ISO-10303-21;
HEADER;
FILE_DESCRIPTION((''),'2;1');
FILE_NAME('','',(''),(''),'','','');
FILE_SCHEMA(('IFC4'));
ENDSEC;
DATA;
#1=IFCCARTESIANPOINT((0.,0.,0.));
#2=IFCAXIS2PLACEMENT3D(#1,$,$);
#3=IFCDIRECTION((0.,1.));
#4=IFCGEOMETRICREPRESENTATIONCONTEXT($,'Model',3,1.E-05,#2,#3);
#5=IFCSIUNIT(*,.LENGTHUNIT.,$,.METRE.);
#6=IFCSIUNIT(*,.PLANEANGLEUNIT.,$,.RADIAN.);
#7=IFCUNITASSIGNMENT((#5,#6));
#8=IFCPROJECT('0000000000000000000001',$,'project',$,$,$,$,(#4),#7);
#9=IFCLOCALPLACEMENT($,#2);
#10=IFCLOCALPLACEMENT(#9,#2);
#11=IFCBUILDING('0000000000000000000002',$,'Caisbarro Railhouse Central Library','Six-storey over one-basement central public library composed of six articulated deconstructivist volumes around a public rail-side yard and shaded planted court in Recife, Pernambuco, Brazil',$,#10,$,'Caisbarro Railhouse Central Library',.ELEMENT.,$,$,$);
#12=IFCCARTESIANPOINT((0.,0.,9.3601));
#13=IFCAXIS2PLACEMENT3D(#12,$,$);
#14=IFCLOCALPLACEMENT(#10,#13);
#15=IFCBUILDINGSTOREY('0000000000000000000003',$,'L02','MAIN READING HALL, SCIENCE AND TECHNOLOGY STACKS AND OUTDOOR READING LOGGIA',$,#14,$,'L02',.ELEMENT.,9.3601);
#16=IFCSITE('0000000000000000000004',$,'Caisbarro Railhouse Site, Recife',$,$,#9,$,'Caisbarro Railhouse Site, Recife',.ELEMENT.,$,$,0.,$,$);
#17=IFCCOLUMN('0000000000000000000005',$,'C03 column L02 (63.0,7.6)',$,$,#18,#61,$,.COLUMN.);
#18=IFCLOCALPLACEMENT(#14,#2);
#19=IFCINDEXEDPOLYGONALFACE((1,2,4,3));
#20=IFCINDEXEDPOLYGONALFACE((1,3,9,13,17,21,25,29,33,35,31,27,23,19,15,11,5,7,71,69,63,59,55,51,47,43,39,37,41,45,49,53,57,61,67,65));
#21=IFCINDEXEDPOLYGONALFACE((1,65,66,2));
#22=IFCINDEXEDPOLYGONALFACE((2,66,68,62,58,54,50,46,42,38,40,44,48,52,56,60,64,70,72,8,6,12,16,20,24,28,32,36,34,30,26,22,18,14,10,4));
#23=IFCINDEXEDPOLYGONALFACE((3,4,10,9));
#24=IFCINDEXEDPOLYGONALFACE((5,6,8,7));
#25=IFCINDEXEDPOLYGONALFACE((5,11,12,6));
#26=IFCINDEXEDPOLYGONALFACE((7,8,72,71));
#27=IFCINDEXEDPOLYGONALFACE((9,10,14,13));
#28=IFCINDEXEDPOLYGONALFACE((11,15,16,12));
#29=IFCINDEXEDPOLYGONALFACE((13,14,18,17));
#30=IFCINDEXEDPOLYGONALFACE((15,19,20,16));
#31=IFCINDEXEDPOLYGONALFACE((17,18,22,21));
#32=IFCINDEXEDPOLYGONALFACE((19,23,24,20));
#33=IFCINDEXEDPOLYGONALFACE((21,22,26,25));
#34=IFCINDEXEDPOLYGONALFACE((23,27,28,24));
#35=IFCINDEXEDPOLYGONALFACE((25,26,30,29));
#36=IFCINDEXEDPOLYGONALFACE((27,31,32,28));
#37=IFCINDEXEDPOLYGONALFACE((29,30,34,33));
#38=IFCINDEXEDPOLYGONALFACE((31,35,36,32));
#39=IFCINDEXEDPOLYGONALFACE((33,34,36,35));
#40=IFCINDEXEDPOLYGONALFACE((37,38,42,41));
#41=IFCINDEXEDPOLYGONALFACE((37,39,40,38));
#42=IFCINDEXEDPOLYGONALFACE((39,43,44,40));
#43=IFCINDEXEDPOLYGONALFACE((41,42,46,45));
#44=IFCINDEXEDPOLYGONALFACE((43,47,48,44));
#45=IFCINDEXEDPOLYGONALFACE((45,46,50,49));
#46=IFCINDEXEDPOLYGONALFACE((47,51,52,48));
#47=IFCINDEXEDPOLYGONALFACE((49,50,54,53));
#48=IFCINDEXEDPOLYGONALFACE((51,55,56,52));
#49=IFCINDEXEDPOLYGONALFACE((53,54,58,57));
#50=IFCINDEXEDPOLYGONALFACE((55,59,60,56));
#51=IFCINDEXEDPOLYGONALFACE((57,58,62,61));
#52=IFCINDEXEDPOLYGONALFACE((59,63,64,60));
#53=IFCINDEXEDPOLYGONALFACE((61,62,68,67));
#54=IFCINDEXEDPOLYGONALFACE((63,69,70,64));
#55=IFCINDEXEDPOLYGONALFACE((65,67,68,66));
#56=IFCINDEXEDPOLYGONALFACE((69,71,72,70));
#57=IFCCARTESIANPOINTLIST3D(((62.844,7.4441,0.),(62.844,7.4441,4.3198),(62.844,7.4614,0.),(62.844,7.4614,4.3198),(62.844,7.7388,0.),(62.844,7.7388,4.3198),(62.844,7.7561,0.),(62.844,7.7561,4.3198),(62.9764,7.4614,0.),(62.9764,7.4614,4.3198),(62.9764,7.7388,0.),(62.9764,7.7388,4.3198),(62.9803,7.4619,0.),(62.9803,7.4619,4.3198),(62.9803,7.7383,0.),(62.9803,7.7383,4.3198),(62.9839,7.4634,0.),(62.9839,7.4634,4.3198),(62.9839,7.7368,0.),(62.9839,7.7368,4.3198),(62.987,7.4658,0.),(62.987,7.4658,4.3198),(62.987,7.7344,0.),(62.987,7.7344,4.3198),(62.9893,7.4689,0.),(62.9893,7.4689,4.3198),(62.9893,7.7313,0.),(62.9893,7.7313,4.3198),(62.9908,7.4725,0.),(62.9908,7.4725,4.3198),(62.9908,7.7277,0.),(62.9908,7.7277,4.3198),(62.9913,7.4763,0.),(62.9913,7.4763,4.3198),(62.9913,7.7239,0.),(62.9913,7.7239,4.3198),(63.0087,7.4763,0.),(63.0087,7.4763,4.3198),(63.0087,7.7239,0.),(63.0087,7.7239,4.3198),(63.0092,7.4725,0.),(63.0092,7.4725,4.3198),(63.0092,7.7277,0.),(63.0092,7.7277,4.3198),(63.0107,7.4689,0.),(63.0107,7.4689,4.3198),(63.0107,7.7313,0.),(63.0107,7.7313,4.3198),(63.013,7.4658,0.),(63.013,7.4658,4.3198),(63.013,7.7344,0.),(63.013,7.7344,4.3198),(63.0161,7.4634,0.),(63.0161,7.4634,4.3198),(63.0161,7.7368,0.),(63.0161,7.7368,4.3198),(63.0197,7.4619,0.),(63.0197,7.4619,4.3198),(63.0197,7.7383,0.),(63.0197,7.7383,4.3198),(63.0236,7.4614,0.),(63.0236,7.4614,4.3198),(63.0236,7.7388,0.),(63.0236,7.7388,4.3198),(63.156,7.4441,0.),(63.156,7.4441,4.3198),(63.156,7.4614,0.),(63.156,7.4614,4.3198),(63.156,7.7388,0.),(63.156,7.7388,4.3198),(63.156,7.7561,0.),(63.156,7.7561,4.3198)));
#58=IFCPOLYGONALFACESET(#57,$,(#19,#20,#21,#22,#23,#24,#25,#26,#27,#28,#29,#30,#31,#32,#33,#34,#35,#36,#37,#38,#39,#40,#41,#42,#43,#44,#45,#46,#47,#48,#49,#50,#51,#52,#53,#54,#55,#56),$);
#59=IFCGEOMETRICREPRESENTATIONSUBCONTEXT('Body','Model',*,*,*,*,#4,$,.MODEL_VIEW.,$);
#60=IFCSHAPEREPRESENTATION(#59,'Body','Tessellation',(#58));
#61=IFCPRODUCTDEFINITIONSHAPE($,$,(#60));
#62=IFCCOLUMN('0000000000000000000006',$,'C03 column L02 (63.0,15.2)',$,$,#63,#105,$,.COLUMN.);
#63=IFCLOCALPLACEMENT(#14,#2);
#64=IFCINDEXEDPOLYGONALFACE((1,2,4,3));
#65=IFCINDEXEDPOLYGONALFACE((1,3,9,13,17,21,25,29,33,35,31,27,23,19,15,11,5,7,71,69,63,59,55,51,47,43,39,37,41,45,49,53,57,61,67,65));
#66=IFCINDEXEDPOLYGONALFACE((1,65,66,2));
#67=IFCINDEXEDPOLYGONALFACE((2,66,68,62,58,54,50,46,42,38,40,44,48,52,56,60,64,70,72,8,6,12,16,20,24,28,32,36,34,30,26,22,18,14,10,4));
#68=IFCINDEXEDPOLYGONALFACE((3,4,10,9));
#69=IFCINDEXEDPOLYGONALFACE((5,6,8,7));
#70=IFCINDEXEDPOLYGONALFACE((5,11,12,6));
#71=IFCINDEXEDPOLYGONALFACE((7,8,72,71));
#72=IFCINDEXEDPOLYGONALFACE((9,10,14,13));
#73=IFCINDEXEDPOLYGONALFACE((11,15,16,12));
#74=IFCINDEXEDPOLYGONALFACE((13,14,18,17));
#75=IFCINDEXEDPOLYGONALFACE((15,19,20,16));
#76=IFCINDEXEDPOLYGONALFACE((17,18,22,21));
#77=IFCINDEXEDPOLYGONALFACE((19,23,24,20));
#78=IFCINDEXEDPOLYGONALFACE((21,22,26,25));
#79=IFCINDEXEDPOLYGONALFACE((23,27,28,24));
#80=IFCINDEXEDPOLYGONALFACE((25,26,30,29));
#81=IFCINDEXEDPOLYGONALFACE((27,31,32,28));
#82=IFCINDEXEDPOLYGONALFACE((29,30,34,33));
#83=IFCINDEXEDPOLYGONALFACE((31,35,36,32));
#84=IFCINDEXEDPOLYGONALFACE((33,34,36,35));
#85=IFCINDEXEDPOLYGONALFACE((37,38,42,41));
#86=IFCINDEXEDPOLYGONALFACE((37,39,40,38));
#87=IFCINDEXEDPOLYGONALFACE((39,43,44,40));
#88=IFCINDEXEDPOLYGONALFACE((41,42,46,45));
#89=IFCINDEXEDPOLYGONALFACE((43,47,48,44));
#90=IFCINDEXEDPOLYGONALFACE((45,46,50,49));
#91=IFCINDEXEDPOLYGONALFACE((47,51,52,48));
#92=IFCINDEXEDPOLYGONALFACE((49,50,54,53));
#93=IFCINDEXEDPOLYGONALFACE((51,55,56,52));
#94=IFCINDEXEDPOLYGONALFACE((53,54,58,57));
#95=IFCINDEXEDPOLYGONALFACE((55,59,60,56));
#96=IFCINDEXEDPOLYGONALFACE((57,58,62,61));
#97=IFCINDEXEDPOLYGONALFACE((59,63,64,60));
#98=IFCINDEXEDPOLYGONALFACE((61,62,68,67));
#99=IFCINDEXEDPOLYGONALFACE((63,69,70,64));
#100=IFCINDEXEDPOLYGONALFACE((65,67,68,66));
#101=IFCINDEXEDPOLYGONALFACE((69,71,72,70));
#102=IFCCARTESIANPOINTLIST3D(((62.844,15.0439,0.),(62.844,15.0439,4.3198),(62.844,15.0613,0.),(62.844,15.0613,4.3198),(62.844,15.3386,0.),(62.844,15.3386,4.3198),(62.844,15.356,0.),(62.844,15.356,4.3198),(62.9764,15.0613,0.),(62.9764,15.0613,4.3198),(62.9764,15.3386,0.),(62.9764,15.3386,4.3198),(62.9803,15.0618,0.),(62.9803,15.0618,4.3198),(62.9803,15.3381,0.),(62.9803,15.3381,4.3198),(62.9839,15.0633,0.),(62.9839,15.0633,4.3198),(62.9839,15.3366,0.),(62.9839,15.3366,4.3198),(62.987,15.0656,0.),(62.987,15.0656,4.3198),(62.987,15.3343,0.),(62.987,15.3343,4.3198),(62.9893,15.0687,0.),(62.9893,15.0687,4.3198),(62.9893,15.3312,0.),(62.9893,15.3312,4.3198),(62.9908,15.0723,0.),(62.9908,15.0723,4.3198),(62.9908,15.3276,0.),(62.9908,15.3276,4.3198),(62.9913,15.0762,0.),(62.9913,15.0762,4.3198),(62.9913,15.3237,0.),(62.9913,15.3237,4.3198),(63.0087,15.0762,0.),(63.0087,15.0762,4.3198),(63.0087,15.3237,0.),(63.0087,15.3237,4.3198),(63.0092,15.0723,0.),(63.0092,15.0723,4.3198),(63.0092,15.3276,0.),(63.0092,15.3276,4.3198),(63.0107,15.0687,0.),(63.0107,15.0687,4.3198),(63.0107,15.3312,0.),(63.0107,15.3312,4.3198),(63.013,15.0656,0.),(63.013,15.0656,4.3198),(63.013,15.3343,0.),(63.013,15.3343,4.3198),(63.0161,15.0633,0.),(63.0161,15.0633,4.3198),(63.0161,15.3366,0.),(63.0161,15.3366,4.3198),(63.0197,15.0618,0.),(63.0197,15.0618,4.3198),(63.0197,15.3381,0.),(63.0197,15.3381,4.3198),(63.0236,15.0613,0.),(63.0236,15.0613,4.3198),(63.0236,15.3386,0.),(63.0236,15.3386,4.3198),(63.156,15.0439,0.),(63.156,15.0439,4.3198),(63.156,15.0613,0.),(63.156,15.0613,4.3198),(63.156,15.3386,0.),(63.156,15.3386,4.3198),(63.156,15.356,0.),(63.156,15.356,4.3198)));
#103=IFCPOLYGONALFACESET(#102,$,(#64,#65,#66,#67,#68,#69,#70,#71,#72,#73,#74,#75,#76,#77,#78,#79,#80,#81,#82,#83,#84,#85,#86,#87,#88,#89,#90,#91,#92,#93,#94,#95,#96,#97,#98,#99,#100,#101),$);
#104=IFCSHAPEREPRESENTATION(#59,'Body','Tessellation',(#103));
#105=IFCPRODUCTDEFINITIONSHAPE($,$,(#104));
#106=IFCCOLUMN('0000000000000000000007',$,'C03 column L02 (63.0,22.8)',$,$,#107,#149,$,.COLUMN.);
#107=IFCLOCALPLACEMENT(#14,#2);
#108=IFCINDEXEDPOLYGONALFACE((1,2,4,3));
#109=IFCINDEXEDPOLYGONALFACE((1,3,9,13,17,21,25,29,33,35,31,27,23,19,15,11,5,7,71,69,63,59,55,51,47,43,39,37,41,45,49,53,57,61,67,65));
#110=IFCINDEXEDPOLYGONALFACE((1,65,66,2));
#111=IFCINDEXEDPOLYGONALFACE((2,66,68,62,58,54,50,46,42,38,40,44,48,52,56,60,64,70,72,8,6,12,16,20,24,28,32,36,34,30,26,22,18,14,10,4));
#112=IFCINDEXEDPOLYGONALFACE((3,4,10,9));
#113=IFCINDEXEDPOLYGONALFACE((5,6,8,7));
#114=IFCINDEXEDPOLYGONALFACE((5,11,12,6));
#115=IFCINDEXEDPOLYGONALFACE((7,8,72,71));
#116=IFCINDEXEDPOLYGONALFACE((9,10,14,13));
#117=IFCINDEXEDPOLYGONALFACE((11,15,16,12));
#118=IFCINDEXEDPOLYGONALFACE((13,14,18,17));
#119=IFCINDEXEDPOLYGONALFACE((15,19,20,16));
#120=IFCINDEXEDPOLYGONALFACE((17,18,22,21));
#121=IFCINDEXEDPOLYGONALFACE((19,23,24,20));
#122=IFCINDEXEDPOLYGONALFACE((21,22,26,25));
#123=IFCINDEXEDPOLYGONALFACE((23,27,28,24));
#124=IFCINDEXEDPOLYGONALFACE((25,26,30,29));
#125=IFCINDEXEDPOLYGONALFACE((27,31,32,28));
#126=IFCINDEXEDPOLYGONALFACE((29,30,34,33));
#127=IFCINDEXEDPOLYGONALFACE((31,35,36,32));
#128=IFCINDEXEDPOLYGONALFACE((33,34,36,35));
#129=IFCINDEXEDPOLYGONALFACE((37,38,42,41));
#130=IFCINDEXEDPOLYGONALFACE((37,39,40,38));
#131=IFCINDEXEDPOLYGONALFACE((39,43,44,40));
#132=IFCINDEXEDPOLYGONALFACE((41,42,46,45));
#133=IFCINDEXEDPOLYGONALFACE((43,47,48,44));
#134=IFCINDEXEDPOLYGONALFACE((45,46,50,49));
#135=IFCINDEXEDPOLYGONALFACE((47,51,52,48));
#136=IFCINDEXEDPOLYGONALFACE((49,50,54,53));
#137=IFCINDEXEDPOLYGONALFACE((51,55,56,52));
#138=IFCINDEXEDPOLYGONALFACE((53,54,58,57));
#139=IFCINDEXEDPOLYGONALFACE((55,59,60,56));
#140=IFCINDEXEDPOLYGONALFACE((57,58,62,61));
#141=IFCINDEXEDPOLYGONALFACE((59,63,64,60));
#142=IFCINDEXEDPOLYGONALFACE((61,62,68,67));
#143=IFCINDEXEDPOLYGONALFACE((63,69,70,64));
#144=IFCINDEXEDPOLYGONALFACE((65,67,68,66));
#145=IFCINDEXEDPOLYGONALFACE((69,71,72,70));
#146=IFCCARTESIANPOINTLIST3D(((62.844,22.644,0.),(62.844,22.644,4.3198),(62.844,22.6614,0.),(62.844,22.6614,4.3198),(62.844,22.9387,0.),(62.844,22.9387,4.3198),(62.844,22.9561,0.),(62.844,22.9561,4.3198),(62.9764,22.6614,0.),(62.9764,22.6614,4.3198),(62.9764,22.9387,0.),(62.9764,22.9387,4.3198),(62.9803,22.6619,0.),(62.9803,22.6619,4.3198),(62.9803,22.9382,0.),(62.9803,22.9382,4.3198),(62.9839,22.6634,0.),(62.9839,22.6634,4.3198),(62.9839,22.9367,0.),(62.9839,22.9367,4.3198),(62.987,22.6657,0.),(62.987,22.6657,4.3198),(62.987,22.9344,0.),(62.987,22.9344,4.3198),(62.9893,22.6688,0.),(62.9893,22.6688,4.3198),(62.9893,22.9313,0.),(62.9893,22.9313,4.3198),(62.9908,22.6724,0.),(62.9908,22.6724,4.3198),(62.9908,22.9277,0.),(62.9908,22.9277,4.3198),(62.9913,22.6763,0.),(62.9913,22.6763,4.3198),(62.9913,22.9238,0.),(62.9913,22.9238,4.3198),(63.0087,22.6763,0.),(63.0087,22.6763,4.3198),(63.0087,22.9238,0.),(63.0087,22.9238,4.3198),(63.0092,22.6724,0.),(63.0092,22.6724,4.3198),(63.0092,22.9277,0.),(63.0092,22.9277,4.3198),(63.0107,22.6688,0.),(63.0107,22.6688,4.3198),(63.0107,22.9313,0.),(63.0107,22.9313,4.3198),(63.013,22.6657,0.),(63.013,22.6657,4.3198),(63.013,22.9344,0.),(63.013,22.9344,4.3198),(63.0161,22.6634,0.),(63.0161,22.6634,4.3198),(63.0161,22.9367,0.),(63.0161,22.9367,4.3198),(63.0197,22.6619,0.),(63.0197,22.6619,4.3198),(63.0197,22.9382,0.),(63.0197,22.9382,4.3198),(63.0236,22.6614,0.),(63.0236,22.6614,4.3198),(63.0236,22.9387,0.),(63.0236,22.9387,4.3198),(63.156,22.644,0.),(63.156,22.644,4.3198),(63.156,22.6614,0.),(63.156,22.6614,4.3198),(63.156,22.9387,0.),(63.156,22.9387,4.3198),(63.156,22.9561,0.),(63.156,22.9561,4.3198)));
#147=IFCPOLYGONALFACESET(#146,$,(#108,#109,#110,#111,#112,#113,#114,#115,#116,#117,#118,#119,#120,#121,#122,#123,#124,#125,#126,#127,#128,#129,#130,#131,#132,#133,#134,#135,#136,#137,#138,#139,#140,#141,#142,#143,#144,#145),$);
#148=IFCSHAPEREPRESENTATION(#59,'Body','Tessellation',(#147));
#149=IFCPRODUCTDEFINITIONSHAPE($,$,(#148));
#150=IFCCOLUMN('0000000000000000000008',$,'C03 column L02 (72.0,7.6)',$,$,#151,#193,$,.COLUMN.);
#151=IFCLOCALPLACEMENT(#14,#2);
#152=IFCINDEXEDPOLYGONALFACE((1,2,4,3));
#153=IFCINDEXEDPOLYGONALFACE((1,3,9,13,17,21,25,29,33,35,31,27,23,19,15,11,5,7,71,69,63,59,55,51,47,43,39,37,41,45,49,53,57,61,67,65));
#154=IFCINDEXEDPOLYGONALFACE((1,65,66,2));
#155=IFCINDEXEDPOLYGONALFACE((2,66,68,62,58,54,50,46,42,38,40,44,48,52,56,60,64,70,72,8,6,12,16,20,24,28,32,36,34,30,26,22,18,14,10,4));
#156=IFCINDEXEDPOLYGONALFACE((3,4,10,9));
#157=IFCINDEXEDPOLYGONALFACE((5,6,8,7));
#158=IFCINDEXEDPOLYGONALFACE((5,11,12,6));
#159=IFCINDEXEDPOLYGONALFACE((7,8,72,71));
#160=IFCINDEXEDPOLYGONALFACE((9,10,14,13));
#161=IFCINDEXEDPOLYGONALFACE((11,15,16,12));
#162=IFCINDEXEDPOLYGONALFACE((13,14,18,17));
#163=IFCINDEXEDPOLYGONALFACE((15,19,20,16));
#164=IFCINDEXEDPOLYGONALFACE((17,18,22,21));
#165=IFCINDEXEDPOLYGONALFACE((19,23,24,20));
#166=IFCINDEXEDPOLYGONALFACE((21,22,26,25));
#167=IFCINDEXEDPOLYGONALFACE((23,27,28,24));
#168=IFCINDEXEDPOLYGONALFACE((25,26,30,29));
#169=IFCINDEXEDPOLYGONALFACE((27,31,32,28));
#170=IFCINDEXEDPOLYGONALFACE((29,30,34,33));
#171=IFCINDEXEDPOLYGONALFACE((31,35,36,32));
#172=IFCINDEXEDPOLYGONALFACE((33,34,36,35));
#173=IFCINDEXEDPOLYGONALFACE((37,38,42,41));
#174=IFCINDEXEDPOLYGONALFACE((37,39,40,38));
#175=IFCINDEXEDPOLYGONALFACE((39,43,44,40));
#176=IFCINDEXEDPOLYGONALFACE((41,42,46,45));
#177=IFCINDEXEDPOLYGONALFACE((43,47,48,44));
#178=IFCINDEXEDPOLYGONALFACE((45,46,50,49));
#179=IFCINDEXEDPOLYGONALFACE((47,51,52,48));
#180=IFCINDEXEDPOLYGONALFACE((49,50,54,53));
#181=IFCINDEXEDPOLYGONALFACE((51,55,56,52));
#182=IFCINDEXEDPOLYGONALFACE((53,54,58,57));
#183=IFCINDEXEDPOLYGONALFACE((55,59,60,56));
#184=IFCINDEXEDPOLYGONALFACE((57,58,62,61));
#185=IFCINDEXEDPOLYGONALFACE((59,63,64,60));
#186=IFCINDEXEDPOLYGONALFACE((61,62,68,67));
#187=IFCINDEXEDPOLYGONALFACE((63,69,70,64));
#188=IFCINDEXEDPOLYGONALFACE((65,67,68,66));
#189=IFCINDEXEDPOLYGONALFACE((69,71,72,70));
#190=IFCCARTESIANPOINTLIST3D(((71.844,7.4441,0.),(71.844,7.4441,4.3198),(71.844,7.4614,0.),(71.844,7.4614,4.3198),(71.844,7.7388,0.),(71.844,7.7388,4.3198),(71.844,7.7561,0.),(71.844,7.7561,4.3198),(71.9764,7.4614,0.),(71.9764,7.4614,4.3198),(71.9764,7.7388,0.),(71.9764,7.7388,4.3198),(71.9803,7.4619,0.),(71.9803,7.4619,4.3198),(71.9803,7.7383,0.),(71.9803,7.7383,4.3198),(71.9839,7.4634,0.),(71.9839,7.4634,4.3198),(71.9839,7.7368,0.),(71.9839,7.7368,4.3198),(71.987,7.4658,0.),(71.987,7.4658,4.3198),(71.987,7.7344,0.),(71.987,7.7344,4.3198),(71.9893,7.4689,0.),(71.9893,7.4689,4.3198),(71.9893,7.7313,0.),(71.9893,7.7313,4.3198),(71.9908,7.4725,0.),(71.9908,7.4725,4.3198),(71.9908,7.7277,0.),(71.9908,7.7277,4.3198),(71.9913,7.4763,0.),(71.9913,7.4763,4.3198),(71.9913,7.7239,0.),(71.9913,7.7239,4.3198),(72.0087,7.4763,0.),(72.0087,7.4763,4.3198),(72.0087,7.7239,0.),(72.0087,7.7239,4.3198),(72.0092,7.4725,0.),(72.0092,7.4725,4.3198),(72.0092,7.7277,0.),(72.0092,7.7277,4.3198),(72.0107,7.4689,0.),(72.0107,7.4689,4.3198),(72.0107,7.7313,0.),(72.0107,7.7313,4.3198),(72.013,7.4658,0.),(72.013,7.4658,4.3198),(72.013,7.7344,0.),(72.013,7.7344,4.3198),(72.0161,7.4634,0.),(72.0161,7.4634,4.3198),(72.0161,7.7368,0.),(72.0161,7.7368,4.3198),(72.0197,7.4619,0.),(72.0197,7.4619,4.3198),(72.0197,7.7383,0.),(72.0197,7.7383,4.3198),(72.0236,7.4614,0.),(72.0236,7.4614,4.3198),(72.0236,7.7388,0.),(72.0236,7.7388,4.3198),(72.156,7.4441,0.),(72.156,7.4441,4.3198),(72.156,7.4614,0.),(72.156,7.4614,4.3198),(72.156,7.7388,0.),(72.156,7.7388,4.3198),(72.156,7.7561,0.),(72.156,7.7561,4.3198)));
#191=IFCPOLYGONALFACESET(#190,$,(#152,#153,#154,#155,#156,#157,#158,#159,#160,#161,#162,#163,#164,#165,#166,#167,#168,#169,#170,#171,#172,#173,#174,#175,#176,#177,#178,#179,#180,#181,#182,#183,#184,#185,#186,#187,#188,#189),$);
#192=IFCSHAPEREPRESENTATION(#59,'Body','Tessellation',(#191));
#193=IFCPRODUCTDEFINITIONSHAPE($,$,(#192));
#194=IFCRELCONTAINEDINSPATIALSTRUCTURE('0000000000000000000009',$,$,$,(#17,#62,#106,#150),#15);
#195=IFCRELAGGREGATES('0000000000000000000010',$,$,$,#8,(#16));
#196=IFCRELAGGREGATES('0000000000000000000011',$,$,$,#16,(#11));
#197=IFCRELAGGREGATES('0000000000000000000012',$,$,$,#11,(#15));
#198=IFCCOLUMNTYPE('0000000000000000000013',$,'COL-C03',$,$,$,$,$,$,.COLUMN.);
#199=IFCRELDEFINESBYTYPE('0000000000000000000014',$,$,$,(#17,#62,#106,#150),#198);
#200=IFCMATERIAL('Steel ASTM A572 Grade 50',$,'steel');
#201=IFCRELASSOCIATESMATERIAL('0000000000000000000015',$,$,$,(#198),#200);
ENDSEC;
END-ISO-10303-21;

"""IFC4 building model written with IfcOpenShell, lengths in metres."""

from ifc_helpers import new_model, si_unit, direction, frame, origin, origin_2d, place, context, subcontext, project, spatial, i_section, extrude, material, material_profile, profile_set, type_object, element, save


model = new_model("IFC4")

# Units and contexts
model_context = context("Model", 3, precision=1e-05, world=origin(), true_north=direction((0.0, 1.0)))
body_context = subcontext(model_context, "Body", "Model", "MODEL_VIEW")
ifc_project = project(units=[si_unit("LENGTHUNIT", "METRE"), si_unit("PLANEANGLEUNIT", "RADIAN")], contexts=[model_context])

# Site, building, storey
site_placement = place(None, origin())
site = spatial("IfcSite", under=ifc_project, at=site_placement, Name="Caisbarro Railhouse Site, Recife", LongName="Caisbarro Railhouse Site, Recife", CompositionType="ELEMENT", RefElevation=0.0)
building_placement = place(site_placement, origin())
building = spatial("IfcBuilding", under=site, at=building_placement, Name="Caisbarro Railhouse Central Library", Description="Six-storey over one-basement central public library composed of six articulated deconstructivist volumes around a public rail-side yard and shaded planted court in Recife, Pernambuco, Brazil", LongName="Caisbarro Railhouse Central Library", CompositionType="ELEMENT")
storey_placement = place(building_placement, frame((0.0, 0.0, 9.3601)))
storey = spatial("IfcBuildingStorey", under=building, at=storey_placement, Name="L02", Description="MAIN READING HALL, SCIENCE AND TECHNOLOGY STACKS AND OUTDOOR READING LOGGIA", LongName="L02", CompositionType="ELEMENT", Elevation=9.3601)

# Columns
ifc_material_1 = material(Name="Steel ASTM A572 Grade 50", Category="steel")
ifc_material_profile_1 = material_profile(ifc_material_1, i_section(OverallWidth=0.312, OverallDepth=0.312, WebThickness=0.0173, FlangeThickness=0.0173, FilletRadius=0.0149, at=origin_2d()), Name="HP310X125.0")
ifc_profile_set_1 = profile_set([ifc_material_profile_1], Name="Steel ASTM A572 Grade 50")
column_type = type_object("IfcColumnType", Name="COL-C03", PredefinedType="COLUMN", material=ifc_profile_set_1)
for number, where, z_axis, x_axis, name in (
    (1, (63.0, 7.6001, 0.0), (0.0, 0.0, 1.0), (1.0, 0.0, 0.0), "C03 column L02 (63.0,7.6)"),
    (2, (63.0, 15.2, 0.0), (0.0, 0.0, 1.0), (1.0, 0.0, 0.0), "C03 column L02 (63.0,15.2)"),
    (3, (63.0, 22.8, 0.0), (0.0, 0.0, 1.0), (1.0, 0.0, 0.0), "C03 column L02 (63.0,22.8)"),
    (4, (72.0, 7.6001, 0.0), (0.0, 0.0, 1.0), (1.0, 0.0, 0.0), "C03 column L02 (72.0,7.6)"),
):
    element("IfcColumn", number, at=place(storey_placement, frame(where, z_axis=z_axis, x_axis=x_axis)), inside=storey, type_object=column_type, Name=name, PredefinedType="COLUMN", context=body_context, shape_type="SweptSolid", body=[
        extrude(i_section(OverallWidth=0.312, OverallDepth=0.312, WebThickness=0.0173, FlangeThickness=0.0173, FilletRadius=0.0149, at=origin_2d()), origin(), (0.0, 0.0, 1.0), 4.3198),
    ])

save(model, "model.ifc")
